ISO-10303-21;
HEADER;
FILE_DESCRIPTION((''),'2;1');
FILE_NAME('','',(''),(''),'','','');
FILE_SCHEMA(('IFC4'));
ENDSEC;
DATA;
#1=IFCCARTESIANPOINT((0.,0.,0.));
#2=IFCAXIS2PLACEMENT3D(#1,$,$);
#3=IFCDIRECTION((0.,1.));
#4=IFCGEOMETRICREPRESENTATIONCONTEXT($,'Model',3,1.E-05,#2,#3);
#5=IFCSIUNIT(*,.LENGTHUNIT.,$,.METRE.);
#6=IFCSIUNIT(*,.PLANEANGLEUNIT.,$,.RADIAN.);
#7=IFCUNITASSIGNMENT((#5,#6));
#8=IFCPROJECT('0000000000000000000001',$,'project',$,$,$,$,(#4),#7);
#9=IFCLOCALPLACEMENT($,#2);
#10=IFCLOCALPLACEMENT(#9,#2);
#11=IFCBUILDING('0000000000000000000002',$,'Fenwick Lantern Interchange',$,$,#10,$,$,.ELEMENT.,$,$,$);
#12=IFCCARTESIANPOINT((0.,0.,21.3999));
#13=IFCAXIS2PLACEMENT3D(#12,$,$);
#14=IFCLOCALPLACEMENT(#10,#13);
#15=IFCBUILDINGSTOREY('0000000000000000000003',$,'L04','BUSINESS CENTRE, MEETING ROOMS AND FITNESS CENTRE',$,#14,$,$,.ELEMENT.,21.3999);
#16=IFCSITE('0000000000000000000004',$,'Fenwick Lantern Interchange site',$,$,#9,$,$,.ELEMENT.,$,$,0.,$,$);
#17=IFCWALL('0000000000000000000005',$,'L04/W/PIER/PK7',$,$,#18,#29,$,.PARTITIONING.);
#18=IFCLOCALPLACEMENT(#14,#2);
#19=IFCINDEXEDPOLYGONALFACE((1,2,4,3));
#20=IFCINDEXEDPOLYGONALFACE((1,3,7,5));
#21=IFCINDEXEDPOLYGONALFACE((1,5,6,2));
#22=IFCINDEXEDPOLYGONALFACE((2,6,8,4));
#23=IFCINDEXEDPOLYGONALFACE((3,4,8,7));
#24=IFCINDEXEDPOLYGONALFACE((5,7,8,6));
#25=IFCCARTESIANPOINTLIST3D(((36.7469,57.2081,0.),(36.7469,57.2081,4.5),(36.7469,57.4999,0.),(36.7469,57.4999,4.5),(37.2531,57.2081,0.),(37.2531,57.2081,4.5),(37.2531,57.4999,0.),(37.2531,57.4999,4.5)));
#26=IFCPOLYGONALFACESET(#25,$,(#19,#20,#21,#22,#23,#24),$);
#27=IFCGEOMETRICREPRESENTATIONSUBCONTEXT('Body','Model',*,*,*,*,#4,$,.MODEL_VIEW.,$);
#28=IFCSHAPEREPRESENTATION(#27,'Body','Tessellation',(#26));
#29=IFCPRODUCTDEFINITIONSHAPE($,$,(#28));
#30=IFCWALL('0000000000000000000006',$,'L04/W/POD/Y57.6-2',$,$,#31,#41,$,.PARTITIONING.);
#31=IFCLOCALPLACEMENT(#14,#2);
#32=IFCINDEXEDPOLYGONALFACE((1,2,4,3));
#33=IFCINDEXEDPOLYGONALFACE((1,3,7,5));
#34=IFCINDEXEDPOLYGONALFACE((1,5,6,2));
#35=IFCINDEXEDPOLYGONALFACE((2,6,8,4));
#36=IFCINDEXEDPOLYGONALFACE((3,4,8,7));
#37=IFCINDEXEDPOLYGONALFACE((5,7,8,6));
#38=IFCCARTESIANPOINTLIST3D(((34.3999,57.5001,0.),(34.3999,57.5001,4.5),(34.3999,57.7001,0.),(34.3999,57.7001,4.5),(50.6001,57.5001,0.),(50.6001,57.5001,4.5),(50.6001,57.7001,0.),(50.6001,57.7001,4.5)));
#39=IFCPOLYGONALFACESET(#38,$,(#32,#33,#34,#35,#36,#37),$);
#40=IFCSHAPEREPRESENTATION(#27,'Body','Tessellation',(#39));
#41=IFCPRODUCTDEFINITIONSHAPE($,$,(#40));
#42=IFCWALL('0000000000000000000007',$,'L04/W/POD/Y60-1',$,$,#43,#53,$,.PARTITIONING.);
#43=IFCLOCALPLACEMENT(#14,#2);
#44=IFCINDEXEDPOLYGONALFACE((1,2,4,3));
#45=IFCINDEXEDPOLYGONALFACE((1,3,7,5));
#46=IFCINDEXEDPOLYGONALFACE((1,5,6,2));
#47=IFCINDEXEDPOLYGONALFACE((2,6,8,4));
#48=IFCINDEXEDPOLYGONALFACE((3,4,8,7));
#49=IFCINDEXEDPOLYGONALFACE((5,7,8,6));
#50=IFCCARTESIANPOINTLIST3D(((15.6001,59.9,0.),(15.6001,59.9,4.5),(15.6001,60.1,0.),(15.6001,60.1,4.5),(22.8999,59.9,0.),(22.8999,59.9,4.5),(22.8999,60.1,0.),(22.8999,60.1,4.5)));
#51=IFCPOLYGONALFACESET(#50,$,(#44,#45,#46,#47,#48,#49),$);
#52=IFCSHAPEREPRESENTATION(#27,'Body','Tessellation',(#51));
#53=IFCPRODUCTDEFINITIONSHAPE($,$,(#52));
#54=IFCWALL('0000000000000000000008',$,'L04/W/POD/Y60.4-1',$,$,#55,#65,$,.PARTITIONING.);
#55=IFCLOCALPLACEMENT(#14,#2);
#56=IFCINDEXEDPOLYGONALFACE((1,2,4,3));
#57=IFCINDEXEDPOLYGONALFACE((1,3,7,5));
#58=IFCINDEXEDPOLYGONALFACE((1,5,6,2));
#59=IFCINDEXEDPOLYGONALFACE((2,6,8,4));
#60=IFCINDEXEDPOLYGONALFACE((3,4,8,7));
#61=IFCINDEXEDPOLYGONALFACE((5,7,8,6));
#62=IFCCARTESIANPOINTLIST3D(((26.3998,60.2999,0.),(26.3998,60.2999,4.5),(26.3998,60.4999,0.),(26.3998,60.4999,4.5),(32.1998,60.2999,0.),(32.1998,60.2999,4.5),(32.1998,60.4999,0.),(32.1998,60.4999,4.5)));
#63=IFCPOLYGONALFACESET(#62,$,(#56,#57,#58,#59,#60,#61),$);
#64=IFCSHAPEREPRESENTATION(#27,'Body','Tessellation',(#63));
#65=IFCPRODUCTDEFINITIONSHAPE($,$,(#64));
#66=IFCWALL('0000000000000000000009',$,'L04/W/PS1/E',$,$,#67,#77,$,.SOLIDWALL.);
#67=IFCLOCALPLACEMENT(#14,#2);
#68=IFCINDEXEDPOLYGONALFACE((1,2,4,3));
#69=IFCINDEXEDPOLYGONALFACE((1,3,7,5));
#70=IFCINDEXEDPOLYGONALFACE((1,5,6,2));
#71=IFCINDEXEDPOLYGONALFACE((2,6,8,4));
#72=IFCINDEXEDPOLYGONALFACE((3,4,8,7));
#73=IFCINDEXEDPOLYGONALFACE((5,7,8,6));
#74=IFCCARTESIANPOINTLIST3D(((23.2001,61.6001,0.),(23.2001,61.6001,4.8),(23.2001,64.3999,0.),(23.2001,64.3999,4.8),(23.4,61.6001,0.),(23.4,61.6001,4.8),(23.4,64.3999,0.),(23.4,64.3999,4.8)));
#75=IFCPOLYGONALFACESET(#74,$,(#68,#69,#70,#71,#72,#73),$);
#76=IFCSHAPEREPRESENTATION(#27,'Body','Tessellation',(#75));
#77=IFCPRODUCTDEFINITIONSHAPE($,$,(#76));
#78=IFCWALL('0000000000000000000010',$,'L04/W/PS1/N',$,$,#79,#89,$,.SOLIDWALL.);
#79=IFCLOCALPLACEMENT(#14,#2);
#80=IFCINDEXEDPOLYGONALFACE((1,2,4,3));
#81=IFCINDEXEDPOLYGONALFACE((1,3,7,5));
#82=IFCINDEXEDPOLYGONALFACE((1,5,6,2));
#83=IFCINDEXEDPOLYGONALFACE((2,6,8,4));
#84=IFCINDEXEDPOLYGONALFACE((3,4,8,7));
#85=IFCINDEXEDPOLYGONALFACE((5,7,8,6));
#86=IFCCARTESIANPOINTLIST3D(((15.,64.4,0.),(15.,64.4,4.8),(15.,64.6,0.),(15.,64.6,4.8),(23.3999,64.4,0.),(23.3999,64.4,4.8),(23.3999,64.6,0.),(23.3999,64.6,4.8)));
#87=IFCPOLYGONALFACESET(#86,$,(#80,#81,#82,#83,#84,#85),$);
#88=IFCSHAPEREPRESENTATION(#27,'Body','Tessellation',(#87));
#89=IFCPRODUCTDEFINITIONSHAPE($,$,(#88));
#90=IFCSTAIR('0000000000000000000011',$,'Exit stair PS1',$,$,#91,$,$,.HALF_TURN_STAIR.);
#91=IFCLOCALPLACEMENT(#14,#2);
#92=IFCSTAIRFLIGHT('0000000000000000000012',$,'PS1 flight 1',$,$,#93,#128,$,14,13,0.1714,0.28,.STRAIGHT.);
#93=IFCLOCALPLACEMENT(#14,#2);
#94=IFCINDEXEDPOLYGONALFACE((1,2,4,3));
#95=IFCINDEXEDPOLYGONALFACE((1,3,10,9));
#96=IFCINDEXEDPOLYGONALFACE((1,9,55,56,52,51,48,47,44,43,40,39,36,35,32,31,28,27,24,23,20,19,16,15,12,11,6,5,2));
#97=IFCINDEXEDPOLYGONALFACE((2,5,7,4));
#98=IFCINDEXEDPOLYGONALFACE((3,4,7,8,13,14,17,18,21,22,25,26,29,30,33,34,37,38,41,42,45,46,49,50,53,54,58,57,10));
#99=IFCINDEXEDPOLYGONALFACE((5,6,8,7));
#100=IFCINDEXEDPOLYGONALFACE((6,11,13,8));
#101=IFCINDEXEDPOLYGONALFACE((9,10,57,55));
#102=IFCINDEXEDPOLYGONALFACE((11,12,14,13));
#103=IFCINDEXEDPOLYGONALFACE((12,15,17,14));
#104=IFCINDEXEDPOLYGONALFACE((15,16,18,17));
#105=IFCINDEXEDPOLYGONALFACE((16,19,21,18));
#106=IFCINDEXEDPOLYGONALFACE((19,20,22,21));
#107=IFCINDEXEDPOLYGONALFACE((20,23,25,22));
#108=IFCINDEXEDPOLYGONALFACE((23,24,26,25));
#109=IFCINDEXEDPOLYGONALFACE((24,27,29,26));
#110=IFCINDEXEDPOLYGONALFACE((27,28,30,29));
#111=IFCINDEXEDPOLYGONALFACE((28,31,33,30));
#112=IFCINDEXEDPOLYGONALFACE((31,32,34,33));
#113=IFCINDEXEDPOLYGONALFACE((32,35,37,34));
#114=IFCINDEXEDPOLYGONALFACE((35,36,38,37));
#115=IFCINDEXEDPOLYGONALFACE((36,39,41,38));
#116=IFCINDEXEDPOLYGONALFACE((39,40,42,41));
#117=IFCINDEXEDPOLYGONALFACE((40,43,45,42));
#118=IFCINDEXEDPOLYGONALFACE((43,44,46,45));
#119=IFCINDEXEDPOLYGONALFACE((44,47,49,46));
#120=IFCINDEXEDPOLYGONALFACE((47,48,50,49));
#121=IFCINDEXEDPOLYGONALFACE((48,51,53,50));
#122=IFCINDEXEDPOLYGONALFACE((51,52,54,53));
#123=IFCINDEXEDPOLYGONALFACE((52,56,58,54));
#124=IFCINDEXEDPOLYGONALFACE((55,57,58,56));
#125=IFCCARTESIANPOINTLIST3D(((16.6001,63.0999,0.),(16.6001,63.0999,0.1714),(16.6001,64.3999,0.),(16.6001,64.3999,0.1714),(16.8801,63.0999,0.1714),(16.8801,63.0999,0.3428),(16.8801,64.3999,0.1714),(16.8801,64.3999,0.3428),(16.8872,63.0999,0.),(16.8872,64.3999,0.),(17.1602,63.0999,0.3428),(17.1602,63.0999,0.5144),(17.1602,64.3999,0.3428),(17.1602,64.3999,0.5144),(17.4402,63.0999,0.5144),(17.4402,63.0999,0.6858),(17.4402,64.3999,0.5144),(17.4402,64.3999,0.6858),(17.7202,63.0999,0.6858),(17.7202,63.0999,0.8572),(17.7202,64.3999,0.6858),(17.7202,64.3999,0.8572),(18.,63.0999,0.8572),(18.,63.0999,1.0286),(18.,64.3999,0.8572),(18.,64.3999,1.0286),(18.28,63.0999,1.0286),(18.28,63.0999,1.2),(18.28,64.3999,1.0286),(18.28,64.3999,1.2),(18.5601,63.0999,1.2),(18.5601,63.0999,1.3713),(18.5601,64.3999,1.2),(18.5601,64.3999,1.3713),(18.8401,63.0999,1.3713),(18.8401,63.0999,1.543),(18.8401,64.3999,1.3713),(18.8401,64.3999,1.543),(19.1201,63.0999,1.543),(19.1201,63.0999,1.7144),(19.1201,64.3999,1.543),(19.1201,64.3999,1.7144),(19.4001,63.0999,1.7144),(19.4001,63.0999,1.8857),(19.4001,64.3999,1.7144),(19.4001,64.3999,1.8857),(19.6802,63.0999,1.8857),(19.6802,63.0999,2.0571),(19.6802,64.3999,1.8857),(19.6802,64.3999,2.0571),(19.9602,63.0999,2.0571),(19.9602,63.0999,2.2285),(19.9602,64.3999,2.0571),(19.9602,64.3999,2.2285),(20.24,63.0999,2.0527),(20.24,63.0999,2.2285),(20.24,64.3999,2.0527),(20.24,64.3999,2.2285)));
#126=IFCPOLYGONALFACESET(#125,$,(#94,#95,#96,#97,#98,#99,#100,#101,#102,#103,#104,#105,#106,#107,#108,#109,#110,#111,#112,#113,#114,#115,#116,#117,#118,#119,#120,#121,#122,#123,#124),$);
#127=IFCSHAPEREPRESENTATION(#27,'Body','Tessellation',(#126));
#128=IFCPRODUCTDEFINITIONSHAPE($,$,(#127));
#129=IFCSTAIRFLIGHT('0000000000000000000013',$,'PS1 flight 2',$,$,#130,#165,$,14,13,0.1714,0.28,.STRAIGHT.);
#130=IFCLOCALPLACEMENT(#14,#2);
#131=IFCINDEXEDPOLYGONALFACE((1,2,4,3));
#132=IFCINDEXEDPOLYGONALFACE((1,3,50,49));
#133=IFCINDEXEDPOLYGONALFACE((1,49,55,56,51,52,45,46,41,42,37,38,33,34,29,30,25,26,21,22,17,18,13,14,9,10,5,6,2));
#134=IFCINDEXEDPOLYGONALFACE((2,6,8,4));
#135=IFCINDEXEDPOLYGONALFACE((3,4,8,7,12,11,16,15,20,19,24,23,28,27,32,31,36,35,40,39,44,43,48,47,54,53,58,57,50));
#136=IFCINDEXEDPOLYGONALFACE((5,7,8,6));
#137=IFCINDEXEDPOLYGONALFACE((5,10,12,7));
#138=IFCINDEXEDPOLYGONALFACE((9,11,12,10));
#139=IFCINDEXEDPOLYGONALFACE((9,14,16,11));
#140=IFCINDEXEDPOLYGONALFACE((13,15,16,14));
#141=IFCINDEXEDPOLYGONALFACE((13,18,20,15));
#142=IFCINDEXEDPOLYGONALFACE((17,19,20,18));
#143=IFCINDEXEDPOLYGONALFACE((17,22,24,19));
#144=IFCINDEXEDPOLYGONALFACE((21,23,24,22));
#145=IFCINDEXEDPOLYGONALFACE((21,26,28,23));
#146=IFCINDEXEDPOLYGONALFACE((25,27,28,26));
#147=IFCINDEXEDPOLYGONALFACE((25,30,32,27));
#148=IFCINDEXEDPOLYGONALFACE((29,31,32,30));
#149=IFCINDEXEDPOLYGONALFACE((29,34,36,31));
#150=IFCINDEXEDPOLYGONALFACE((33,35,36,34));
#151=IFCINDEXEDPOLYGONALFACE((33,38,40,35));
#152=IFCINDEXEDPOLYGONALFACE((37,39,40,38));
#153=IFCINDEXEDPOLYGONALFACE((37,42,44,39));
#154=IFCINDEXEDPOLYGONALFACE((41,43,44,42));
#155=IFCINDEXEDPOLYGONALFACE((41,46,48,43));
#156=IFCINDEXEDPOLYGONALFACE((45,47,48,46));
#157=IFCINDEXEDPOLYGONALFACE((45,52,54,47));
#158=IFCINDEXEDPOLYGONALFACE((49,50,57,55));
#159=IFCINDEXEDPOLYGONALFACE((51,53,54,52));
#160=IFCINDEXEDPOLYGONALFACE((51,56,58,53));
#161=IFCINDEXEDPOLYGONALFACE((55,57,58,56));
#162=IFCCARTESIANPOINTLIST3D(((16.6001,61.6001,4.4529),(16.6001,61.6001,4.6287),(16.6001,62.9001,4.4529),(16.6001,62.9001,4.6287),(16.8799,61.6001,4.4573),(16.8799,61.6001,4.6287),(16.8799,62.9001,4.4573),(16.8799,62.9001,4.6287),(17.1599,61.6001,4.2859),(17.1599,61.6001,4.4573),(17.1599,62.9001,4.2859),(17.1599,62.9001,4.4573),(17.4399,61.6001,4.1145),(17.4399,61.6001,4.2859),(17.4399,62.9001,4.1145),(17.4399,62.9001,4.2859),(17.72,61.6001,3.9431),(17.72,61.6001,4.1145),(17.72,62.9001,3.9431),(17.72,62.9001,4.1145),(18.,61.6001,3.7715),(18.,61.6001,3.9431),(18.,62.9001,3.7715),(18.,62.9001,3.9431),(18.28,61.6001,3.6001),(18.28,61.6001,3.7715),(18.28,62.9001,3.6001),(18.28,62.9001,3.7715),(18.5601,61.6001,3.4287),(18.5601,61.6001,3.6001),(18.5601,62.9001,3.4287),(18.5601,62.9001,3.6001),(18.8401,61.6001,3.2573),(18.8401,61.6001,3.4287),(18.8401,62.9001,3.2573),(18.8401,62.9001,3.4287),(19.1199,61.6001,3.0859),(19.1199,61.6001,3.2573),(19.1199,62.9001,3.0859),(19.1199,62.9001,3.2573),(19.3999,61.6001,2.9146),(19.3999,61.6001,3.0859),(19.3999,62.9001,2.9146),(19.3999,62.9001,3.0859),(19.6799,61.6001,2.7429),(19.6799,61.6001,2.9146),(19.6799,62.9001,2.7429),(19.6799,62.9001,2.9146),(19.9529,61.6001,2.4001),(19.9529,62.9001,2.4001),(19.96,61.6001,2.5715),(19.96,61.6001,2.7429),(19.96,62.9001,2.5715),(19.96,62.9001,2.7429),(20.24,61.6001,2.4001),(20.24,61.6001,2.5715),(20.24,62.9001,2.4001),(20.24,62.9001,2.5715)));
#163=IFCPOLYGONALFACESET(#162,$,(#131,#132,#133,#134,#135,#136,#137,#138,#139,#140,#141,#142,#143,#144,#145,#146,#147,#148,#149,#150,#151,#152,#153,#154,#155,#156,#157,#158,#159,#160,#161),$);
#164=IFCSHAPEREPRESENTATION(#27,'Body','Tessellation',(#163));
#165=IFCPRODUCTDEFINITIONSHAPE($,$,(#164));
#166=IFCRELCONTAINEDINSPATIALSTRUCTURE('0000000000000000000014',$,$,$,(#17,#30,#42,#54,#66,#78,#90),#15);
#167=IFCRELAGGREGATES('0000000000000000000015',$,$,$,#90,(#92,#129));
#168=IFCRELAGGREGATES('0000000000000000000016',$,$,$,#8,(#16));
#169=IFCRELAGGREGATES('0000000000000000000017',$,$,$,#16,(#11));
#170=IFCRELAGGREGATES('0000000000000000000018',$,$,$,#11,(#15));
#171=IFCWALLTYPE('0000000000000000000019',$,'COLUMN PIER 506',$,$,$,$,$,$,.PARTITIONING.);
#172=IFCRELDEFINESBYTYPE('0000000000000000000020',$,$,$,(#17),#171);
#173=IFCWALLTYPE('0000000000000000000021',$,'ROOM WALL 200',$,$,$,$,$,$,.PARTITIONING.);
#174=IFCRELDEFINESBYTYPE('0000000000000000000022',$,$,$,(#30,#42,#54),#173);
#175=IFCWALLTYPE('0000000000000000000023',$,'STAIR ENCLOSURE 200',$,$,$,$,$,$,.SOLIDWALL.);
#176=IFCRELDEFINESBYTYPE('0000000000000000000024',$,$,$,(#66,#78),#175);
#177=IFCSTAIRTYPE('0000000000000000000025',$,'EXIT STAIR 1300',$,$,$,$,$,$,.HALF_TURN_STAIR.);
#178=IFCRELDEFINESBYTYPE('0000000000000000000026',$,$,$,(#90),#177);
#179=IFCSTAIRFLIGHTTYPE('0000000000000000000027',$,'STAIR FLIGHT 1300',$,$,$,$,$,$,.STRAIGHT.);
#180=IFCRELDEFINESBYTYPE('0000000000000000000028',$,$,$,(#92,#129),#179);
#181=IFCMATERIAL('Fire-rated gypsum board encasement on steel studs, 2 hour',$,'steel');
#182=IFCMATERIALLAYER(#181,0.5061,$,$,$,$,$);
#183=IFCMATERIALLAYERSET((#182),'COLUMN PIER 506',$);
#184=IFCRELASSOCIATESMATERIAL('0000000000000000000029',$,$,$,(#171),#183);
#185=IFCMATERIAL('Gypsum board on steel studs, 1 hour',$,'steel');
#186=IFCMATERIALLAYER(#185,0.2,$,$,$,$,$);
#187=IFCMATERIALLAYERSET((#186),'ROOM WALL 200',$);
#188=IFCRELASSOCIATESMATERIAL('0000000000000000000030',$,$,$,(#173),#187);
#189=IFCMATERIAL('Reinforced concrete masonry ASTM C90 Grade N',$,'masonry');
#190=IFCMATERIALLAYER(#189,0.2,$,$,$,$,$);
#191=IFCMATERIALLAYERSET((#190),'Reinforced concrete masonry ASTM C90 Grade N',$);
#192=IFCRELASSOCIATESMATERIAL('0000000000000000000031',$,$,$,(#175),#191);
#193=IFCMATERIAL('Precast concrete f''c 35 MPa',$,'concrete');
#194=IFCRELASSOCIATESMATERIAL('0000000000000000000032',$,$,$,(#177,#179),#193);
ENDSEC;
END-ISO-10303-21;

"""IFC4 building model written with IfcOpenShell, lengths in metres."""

from ifc_helpers import new_model, si_unit, direction, frame, frame_2d, origin, place, context, subcontext, project, spatial, polyline, rectangle, outline, extrude, material, layer, layer_set, type_object, element, aggregate, save


model = new_model("IFC4")

# Units and contexts
model_context = context("Model", 3, precision=1e-05, world=origin(), true_north=direction((0.0, 1.0)))
body_context = subcontext(model_context, "Body", "Model", "MODEL_VIEW")
ifc_project = project(units=[si_unit("LENGTHUNIT", "METRE"), si_unit("PLANEANGLEUNIT", "RADIAN")], contexts=[model_context])

# Site, building, storey
site_placement = place(None, origin())
site = spatial("IfcSite", under=ifc_project, at=site_placement, Name="Fenwick Lantern Interchange site", CompositionType="ELEMENT", RefElevation=0.0)
building_placement = place(site_placement, origin())
building = spatial("IfcBuilding", under=site, at=building_placement, Name="Fenwick Lantern Interchange", CompositionType="ELEMENT")
storey_placement = place(building_placement, frame((0.0, 0.0, 21.3999)))
storey = spatial("IfcBuildingStorey", under=building, at=storey_placement, Name="L04", Description="BUSINESS CENTRE, MEETING ROOMS AND FITNESS CENTRE", CompositionType="ELEMENT", Elevation=21.3999)

# Walls
ifc_material_1 = material(Name="Fire-rated gypsum board encasement on steel studs, 2 hour", Category="steel")
ifc_layer_1 = layer(ifc_material_1, 0.5061)
ifc_layer_set_1 = layer_set([ifc_layer_1], Name="COLUMN PIER 506")
wall_type_1 = type_object("IfcWallType", Name="COLUMN PIER 506", PredefinedType="PARTITIONING", material=ifc_layer_set_1)
wall_1_placement = place(storey_placement, frame((37.0, 57.5, 0.0), z_axis=(0.0, 0.0, 1.0), x_axis=(0.0, -1.0, 0.0)))
element("IfcWall", 1, at=wall_1_placement, inside=storey, type_object=wall_type_1, Name="L04/W/PIER/PK7", PredefinedType="PARTITIONING", context=body_context, shape_type="SweptSolid", body=[
    extrude(rectangle(XDim=0.2917, YDim=0.5061, at=frame_2d((0.146, 0.0))), origin(), (0.0, 0.0, 1.0), 4.5),
])
ifc_material_2 = material(Name="Gypsum board on steel studs, 1 hour", Category="steel")
ifc_layer_2 = layer(ifc_material_2, 0.2)
ifc_layer_set_2 = layer_set([ifc_layer_2], Name="ROOM WALL 200")
wall_type_2 = type_object("IfcWallType", Name="ROOM WALL 200", PredefinedType="PARTITIONING", material=ifc_layer_set_2)
wall_2_placement = place(storey_placement, frame((34.3999, 57.6001, 0.0), z_axis=(0.0, 0.0, 1.0), x_axis=(1.0, 0.0, 0.0)))
element("IfcWall", 2, at=wall_2_placement, inside=storey, type_object=wall_type_2, Name="L04/W/POD/Y57.6-2", PredefinedType="PARTITIONING", context=body_context, shape_type="SweptSolid", body=[
    extrude(rectangle(XDim=16.2002, YDim=0.2, at=frame_2d((8.1001, 0.0))), origin(), (0.0, 0.0, 1.0), 4.5),
])
wall_3_placement = place(storey_placement, frame((15.6001, 60.0, 0.0), z_axis=(0.0, 0.0, 1.0), x_axis=(1.0, 0.0, 0.0)))
element("IfcWall", 3, at=wall_3_placement, inside=storey, type_object=wall_type_2, Name="L04/W/POD/Y60-1", PredefinedType="PARTITIONING", context=body_context, shape_type="SweptSolid", body=[
    extrude(rectangle(XDim=7.2998, YDim=0.2, at=frame_2d((3.6499, 0.0))), origin(), (0.0, 0.0, 1.0), 4.5),
])
wall_4_placement = place(storey_placement, frame((26.3999, 60.3999, 0.0), z_axis=(0.0, 0.0, 1.0), x_axis=(1.0, 0.0, 0.0)))
element("IfcWall", 4, at=wall_4_placement, inside=storey, type_object=wall_type_2, Name="L04/W/POD/Y60.4-1", PredefinedType="PARTITIONING", context=body_context, shape_type="SweptSolid", body=[
    extrude(rectangle(XDim=5.8, YDim=0.2, at=frame_2d((2.8999, 0.0))), origin(), (0.0, 0.0, 1.0), 4.5),
])
ifc_material_3 = material(Name="Reinforced concrete masonry ASTM C90 Grade N", Category="masonry")
ifc_layer_3 = layer(ifc_material_3, 0.2)
ifc_layer_set_3 = layer_set([ifc_layer_3], Name="Reinforced concrete masonry ASTM C90 Grade N")
wall_type_3 = type_object("IfcWallType", Name="STAIR ENCLOSURE 200", PredefinedType="SOLIDWALL", material=ifc_layer_set_3)
wall_5_placement = place(storey_placement, frame((23.3, 61.6001, 0.0), z_axis=(0.0, 0.0, 1.0), x_axis=(0.0, 1.0, 0.0)))
element("IfcWall", 5, at=wall_5_placement, inside=storey, type_object=wall_type_3, Name="L04/W/PS1/E", PredefinedType="SOLIDWALL", context=body_context, shape_type="SweptSolid", body=[
    extrude(rectangle(XDim=2.7998, YDim=0.2, at=frame_2d((1.3999, 0.0))), origin(), (0.0, 0.0, 1.0), 4.8),
])
wall_6_placement = place(storey_placement, frame((23.3999, 64.5, 0.0), z_axis=(0.0, 0.0, 1.0), x_axis=(-1.0, 0.0, 0.0)))
element("IfcWall", 6, at=wall_6_placement, inside=storey, type_object=wall_type_3, Name="L04/W/PS1/N", PredefinedType="SOLIDWALL", context=body_context, shape_type="SweptSolid", body=[
    extrude(rectangle(XDim=8.3999, YDim=0.2, at=frame_2d((4.2, 0.0))), origin(), (0.0, 0.0, 1.0), 4.8),
])

# Stair, stair flights
ifc_material_4 = material(Name="Precast concrete f'c 35 MPa", Category="concrete")
stair_type = type_object("IfcStairType", Name="EXIT STAIR 1300", PredefinedType="HALF_TURN_STAIR", material=ifc_material_4)
stair_placement = place(storey_placement, origin())
stair = element("IfcStair", 7, at=stair_placement, inside=storey, type_object=stair_type, Name="Exit stair PS1", PredefinedType="HALF_TURN_STAIR")
stair_flight_type = type_object("IfcStairFlightType", Name="STAIR FLIGHT 1300", PredefinedType="STRAIGHT", material=ifc_material_4)
stair_flight_1_placement = place(storey_placement, frame((16.6001, 63.75, 0.0), z_axis=(0.0, 0.0, 1.0), x_axis=(1.0, 0.0, 0.0)))
stair_flight_1 = element("IfcStairFlight", 8, at=stair_flight_1_placement, type_object=stair_flight_type, Name="PS1 flight 1", NumberOfRisers=14, NumberOfTreads=13, PredefinedType="STRAIGHT", RiserHeight=0.1714, TreadLength=0.28, context=body_context, shape_type="SweptSolid", body=[
    extrude(outline(polyline([(0.0, 0.0), (0.0, 0.1714), (0.28, 0.1714), (0.28, 0.3428), (0.5601, 0.3428), (0.5601, 0.5144), (0.8401, 0.5144), (0.8401, 0.6858), (1.1201, 0.6858), (1.1201, 0.8572), (1.3999, 0.8572), (1.3999, 1.0286), (1.6799, 1.0286), (1.6799, 1.2), (1.96, 1.2), (1.96, 1.3713), (2.24, 1.3713), (2.24, 1.543), (2.52, 1.543), (2.52, 1.7144), (2.8, 1.7144), (2.8, 1.8857), (3.0801, 1.8857), (3.0801, 2.0571), (3.3601, 2.0571), (3.3601, 2.2285), (3.6399, 2.2285), (3.6399, 2.3999), (3.6399, 2.0527), (0.2871, 0.0), (0.0, 0.0)])), frame((0.0, 0.6499, 0.0), z_axis=(0.0, -1.0, 0.0), x_axis=(1.0, 0.0, 0.0)), (0.0, 0.0, 1.0), 1.3),
])
stair_flight_2_placement = place(storey_placement, frame((20.24, 62.25, 2.4001), z_axis=(0.0, 0.0, 1.0), x_axis=(-1.0, 0.0, 0.0)))
stair_flight_2 = element("IfcStairFlight", 9, at=stair_flight_2_placement, type_object=stair_flight_type, Name="PS1 flight 2", NumberOfRisers=14, NumberOfTreads=13, PredefinedType="STRAIGHT", RiserHeight=0.1714, TreadLength=0.28, context=body_context, shape_type="SweptSolid", body=[
    extrude(outline(polyline([(0.0, 0.0), (0.0, 0.1714), (0.28, 0.1714), (0.28, 0.3428), (0.5601, 0.3428), (0.5601, 0.5144), (0.8401, 0.5144), (0.8401, 0.6858), (1.1201, 0.6858), (1.1201, 0.8572), (1.3999, 0.8572), (1.3999, 1.0286), (1.6799, 1.0286), (1.6799, 1.2), (1.96, 1.2), (1.96, 1.3713), (2.24, 1.3713), (2.24, 1.543), (2.52, 1.543), (2.52, 1.7144), (2.8, 1.7144), (2.8, 1.8857), (3.0801, 1.8857), (3.0801, 2.0571), (3.3601, 2.0571), (3.3601, 2.2285), (3.6399, 2.2285), (3.6399, 2.3999), (3.6399, 2.0527), (0.2871, 0.0), (0.0, 0.0)])), frame((0.0, 0.6499, 0.0), z_axis=(0.0, -1.0, 0.0), x_axis=(1.0, 0.0, 0.0)), (0.0, 0.0, 1.0), 1.3),
])
aggregate(stair, [stair_flight_1, stair_flight_2])

save(model, "model.ifc")
